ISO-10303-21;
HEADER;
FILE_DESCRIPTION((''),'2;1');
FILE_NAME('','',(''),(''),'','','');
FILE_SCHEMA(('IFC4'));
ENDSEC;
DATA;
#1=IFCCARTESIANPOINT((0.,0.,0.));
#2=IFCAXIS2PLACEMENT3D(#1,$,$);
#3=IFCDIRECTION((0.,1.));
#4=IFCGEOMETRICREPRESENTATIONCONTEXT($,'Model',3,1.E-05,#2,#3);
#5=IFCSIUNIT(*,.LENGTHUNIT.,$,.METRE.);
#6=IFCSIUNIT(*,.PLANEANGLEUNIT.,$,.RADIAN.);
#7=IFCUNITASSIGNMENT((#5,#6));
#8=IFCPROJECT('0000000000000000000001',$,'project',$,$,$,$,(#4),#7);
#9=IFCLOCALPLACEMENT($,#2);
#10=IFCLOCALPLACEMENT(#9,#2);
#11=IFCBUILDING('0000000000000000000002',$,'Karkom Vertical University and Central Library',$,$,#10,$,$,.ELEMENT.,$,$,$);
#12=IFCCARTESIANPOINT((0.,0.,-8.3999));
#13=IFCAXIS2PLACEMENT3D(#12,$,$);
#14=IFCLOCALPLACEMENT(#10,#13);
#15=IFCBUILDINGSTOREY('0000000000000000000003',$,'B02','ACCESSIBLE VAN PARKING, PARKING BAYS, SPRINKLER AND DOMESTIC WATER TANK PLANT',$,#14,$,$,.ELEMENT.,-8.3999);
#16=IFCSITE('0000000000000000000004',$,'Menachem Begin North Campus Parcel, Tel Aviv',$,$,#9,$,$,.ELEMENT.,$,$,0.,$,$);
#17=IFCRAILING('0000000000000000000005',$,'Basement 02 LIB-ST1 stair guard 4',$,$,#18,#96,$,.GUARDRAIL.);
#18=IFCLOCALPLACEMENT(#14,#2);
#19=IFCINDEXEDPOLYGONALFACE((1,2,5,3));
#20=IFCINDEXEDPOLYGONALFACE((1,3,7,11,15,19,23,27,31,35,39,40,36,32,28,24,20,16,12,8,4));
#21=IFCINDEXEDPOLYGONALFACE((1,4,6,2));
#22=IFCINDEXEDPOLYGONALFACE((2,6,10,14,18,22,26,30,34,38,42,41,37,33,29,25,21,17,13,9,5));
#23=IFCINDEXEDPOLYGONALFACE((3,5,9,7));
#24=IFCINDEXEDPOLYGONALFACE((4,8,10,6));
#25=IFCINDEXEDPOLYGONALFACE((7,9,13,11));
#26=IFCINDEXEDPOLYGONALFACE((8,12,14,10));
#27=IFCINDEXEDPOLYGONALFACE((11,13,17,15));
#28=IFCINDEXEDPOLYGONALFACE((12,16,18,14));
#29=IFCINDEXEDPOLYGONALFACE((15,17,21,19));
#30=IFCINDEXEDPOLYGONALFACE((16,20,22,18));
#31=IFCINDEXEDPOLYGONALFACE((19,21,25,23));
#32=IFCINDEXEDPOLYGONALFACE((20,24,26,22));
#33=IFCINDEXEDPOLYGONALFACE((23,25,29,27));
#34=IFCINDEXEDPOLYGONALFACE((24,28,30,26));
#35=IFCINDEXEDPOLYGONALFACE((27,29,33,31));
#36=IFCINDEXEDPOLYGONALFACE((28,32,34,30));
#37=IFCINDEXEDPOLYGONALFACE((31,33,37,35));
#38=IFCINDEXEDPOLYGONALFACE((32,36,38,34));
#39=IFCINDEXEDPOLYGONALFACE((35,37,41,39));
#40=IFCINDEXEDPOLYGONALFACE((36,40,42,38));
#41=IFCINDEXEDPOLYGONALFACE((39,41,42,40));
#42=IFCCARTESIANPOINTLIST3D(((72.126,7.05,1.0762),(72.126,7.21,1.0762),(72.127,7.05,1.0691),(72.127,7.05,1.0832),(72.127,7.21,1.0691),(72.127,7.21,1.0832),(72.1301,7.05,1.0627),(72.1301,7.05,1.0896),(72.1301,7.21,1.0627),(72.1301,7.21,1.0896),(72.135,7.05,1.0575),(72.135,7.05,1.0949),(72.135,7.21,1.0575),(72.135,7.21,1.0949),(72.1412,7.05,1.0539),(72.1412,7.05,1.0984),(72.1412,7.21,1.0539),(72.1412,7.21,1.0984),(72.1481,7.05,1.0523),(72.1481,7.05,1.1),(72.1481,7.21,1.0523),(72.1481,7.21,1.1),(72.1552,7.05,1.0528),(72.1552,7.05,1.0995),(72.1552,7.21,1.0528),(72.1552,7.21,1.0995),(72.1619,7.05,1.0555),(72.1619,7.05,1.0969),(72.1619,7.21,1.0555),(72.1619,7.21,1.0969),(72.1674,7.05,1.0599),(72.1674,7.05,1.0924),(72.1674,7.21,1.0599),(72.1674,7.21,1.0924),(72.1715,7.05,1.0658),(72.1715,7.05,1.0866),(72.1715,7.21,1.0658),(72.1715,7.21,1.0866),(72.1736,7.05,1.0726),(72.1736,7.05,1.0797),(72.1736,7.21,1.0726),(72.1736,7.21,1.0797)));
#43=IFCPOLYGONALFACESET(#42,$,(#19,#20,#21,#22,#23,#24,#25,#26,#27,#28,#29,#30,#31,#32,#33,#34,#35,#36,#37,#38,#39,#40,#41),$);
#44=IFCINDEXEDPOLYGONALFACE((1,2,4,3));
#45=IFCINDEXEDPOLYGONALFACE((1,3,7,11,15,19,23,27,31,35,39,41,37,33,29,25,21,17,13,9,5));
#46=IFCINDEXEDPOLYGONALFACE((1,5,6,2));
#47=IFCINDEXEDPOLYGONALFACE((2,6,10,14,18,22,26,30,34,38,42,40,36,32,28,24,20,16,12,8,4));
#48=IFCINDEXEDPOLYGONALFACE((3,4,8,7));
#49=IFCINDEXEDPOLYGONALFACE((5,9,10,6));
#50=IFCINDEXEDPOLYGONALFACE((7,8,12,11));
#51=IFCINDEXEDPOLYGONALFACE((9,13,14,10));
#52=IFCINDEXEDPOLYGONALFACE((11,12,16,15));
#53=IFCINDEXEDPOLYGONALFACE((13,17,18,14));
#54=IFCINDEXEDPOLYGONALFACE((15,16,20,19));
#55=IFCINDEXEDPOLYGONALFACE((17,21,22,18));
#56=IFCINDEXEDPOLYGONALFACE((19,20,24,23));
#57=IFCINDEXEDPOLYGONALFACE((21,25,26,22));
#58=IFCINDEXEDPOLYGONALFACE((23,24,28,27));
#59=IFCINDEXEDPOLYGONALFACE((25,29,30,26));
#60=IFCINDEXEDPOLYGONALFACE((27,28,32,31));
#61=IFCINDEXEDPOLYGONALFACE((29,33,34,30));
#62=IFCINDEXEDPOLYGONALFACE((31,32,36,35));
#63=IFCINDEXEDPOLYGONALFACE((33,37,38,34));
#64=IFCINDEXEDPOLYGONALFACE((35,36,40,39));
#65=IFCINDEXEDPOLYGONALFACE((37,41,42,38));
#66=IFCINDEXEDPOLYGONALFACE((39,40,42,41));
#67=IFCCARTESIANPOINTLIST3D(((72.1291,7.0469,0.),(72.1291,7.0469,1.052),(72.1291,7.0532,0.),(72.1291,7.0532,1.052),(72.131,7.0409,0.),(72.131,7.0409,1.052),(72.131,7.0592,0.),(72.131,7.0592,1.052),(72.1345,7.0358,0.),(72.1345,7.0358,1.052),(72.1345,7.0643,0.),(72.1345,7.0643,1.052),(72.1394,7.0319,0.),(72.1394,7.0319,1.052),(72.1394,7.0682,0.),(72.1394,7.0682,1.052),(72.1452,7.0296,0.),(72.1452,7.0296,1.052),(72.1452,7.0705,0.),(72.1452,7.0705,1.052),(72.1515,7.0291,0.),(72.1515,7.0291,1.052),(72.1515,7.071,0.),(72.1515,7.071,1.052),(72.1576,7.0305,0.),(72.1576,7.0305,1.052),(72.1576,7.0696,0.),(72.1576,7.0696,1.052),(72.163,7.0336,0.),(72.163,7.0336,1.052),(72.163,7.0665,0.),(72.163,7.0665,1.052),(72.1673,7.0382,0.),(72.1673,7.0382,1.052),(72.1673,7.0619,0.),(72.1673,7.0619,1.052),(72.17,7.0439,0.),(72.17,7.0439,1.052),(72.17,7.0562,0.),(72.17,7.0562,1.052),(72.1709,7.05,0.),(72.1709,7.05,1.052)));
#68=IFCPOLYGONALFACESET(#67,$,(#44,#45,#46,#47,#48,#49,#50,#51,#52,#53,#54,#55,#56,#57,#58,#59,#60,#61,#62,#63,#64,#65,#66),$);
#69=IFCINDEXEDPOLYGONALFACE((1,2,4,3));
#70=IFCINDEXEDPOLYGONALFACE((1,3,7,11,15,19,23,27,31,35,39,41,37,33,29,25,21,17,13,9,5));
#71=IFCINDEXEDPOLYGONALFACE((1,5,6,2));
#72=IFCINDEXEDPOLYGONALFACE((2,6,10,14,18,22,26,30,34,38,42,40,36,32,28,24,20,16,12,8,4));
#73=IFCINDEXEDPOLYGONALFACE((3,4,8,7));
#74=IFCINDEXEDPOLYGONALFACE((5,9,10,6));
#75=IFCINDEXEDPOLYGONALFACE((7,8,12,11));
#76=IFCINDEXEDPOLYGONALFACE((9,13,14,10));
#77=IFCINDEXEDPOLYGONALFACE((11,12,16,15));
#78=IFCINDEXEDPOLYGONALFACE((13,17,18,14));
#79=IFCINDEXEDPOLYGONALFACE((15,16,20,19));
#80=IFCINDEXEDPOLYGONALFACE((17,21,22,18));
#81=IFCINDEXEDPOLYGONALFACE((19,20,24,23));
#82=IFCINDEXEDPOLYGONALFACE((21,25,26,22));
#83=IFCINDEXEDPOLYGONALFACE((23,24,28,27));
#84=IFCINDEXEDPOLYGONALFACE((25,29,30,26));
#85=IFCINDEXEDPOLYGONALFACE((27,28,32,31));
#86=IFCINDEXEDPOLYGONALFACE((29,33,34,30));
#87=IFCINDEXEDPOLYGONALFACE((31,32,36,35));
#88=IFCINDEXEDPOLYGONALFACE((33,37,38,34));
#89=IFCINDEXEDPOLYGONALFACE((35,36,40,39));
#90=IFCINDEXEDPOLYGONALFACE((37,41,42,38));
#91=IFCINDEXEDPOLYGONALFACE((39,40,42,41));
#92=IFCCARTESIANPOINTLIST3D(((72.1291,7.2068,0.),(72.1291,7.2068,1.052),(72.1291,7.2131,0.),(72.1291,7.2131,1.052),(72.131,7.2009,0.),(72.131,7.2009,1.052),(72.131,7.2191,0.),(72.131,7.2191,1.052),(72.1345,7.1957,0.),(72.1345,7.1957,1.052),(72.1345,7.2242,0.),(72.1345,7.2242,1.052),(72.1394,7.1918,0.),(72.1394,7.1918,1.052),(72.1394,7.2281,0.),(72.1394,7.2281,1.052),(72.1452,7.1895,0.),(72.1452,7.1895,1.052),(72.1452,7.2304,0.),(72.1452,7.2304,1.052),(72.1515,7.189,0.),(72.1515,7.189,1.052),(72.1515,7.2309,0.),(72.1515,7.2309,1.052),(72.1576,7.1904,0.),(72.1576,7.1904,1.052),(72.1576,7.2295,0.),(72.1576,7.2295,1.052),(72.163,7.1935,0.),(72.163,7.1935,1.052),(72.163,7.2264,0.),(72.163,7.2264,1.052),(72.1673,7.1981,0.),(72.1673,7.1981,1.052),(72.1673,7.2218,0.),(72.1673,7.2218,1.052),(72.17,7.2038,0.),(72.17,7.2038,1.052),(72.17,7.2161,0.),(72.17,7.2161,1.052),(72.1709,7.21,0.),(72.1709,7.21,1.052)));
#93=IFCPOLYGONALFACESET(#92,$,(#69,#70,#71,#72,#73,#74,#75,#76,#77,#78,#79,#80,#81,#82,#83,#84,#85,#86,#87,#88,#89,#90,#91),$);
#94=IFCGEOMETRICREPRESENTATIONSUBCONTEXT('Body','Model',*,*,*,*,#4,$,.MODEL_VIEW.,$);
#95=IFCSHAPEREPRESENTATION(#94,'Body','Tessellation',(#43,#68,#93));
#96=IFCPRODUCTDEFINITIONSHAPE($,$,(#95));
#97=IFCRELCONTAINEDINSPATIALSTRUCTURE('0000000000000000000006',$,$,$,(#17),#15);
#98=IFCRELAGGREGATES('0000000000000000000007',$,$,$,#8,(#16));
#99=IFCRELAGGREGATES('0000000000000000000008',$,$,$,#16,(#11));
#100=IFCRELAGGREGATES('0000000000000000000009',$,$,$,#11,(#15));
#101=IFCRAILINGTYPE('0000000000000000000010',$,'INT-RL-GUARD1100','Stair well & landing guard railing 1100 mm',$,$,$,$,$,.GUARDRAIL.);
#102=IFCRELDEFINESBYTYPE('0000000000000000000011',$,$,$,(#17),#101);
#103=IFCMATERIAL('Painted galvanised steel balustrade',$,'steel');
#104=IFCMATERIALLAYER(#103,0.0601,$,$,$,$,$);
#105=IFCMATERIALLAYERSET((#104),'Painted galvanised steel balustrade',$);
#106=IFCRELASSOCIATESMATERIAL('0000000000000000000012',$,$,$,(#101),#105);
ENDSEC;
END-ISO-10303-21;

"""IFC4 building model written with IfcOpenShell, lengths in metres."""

from ifc_helpers import new_model, si_unit, direction, frame, origin, origin_2d, place, context, subcontext, project, spatial, circle, extrude, material, layer, layer_set, type_object, element, save


model = new_model("IFC4")

# Units and contexts
model_context = context("Model", 3, precision=1e-05, world=origin(), true_north=direction((0.0, 1.0)))
body_context = subcontext(model_context, "Body", "Model", "MODEL_VIEW")
ifc_project = project(units=[si_unit("LENGTHUNIT", "METRE"), si_unit("PLANEANGLEUNIT", "RADIAN")], contexts=[model_context])

# Site, building, storey
site_placement = place(None, origin())
site = spatial("IfcSite", under=ifc_project, at=site_placement, Name="Menachem Begin North Campus Parcel, Tel Aviv", CompositionType="ELEMENT", RefElevation=0.0)
building_placement = place(site_placement, origin())
building = spatial("IfcBuilding", under=site, at=building_placement, Name="Karkom Vertical University and Central Library", CompositionType="ELEMENT")
storey_placement = place(building_placement, frame((0.0, 0.0, -8.3999)))
storey = spatial("IfcBuildingStorey", under=building, at=storey_placement, Name="B02", Description="ACCESSIBLE VAN PARKING, PARKING BAYS, SPRINKLER AND DOMESTIC WATER TANK PLANT", CompositionType="ELEMENT", Elevation=-8.3999)

# Railing
ifc_material_1 = material(Name="Painted galvanised steel balustrade", Category="steel")
ifc_layer_1 = layer(ifc_material_1, 0.0601)
ifc_layer_set_1 = layer_set([ifc_layer_1], Name="Painted galvanised steel balustrade")
railing_type_1 = type_object("IfcRailingType", Name="INT-RL-GUARD1100", Description="Stair well & landing guard railing 1100 mm", PredefinedType="GUARDRAIL", material=ifc_layer_set_1)
railing_1_placement = place(storey_placement, frame((72.1499, 7.05, 0.0)))
element("IfcRailing", 1, at=railing_1_placement, inside=storey, type_object=railing_type_1, Name="Basement 02 LIB-ST1 stair guard 4", PredefinedType="GUARDRAIL", context=body_context, shape_type="SweptSolid", body=[
    extrude(circle(Radius=0.0239, at=origin_2d()), frame((0.0, 0.0, 1.0762), z_axis=(0.0, 1.0, 0.0), x_axis=(-1.0, 0.0, 0.0)), (0.0, 0.0, 1.0), 0.1599),
    extrude(circle(Radius=0.021, at=origin_2d()), origin(), (0.0, 0.0, 1.0), 1.052),
    extrude(circle(Radius=0.021, at=origin_2d()), frame((0.0, 0.1599, 0.0)), (0.0, 0.0, 1.0), 1.052),
])

save(model, "model.ifc")
